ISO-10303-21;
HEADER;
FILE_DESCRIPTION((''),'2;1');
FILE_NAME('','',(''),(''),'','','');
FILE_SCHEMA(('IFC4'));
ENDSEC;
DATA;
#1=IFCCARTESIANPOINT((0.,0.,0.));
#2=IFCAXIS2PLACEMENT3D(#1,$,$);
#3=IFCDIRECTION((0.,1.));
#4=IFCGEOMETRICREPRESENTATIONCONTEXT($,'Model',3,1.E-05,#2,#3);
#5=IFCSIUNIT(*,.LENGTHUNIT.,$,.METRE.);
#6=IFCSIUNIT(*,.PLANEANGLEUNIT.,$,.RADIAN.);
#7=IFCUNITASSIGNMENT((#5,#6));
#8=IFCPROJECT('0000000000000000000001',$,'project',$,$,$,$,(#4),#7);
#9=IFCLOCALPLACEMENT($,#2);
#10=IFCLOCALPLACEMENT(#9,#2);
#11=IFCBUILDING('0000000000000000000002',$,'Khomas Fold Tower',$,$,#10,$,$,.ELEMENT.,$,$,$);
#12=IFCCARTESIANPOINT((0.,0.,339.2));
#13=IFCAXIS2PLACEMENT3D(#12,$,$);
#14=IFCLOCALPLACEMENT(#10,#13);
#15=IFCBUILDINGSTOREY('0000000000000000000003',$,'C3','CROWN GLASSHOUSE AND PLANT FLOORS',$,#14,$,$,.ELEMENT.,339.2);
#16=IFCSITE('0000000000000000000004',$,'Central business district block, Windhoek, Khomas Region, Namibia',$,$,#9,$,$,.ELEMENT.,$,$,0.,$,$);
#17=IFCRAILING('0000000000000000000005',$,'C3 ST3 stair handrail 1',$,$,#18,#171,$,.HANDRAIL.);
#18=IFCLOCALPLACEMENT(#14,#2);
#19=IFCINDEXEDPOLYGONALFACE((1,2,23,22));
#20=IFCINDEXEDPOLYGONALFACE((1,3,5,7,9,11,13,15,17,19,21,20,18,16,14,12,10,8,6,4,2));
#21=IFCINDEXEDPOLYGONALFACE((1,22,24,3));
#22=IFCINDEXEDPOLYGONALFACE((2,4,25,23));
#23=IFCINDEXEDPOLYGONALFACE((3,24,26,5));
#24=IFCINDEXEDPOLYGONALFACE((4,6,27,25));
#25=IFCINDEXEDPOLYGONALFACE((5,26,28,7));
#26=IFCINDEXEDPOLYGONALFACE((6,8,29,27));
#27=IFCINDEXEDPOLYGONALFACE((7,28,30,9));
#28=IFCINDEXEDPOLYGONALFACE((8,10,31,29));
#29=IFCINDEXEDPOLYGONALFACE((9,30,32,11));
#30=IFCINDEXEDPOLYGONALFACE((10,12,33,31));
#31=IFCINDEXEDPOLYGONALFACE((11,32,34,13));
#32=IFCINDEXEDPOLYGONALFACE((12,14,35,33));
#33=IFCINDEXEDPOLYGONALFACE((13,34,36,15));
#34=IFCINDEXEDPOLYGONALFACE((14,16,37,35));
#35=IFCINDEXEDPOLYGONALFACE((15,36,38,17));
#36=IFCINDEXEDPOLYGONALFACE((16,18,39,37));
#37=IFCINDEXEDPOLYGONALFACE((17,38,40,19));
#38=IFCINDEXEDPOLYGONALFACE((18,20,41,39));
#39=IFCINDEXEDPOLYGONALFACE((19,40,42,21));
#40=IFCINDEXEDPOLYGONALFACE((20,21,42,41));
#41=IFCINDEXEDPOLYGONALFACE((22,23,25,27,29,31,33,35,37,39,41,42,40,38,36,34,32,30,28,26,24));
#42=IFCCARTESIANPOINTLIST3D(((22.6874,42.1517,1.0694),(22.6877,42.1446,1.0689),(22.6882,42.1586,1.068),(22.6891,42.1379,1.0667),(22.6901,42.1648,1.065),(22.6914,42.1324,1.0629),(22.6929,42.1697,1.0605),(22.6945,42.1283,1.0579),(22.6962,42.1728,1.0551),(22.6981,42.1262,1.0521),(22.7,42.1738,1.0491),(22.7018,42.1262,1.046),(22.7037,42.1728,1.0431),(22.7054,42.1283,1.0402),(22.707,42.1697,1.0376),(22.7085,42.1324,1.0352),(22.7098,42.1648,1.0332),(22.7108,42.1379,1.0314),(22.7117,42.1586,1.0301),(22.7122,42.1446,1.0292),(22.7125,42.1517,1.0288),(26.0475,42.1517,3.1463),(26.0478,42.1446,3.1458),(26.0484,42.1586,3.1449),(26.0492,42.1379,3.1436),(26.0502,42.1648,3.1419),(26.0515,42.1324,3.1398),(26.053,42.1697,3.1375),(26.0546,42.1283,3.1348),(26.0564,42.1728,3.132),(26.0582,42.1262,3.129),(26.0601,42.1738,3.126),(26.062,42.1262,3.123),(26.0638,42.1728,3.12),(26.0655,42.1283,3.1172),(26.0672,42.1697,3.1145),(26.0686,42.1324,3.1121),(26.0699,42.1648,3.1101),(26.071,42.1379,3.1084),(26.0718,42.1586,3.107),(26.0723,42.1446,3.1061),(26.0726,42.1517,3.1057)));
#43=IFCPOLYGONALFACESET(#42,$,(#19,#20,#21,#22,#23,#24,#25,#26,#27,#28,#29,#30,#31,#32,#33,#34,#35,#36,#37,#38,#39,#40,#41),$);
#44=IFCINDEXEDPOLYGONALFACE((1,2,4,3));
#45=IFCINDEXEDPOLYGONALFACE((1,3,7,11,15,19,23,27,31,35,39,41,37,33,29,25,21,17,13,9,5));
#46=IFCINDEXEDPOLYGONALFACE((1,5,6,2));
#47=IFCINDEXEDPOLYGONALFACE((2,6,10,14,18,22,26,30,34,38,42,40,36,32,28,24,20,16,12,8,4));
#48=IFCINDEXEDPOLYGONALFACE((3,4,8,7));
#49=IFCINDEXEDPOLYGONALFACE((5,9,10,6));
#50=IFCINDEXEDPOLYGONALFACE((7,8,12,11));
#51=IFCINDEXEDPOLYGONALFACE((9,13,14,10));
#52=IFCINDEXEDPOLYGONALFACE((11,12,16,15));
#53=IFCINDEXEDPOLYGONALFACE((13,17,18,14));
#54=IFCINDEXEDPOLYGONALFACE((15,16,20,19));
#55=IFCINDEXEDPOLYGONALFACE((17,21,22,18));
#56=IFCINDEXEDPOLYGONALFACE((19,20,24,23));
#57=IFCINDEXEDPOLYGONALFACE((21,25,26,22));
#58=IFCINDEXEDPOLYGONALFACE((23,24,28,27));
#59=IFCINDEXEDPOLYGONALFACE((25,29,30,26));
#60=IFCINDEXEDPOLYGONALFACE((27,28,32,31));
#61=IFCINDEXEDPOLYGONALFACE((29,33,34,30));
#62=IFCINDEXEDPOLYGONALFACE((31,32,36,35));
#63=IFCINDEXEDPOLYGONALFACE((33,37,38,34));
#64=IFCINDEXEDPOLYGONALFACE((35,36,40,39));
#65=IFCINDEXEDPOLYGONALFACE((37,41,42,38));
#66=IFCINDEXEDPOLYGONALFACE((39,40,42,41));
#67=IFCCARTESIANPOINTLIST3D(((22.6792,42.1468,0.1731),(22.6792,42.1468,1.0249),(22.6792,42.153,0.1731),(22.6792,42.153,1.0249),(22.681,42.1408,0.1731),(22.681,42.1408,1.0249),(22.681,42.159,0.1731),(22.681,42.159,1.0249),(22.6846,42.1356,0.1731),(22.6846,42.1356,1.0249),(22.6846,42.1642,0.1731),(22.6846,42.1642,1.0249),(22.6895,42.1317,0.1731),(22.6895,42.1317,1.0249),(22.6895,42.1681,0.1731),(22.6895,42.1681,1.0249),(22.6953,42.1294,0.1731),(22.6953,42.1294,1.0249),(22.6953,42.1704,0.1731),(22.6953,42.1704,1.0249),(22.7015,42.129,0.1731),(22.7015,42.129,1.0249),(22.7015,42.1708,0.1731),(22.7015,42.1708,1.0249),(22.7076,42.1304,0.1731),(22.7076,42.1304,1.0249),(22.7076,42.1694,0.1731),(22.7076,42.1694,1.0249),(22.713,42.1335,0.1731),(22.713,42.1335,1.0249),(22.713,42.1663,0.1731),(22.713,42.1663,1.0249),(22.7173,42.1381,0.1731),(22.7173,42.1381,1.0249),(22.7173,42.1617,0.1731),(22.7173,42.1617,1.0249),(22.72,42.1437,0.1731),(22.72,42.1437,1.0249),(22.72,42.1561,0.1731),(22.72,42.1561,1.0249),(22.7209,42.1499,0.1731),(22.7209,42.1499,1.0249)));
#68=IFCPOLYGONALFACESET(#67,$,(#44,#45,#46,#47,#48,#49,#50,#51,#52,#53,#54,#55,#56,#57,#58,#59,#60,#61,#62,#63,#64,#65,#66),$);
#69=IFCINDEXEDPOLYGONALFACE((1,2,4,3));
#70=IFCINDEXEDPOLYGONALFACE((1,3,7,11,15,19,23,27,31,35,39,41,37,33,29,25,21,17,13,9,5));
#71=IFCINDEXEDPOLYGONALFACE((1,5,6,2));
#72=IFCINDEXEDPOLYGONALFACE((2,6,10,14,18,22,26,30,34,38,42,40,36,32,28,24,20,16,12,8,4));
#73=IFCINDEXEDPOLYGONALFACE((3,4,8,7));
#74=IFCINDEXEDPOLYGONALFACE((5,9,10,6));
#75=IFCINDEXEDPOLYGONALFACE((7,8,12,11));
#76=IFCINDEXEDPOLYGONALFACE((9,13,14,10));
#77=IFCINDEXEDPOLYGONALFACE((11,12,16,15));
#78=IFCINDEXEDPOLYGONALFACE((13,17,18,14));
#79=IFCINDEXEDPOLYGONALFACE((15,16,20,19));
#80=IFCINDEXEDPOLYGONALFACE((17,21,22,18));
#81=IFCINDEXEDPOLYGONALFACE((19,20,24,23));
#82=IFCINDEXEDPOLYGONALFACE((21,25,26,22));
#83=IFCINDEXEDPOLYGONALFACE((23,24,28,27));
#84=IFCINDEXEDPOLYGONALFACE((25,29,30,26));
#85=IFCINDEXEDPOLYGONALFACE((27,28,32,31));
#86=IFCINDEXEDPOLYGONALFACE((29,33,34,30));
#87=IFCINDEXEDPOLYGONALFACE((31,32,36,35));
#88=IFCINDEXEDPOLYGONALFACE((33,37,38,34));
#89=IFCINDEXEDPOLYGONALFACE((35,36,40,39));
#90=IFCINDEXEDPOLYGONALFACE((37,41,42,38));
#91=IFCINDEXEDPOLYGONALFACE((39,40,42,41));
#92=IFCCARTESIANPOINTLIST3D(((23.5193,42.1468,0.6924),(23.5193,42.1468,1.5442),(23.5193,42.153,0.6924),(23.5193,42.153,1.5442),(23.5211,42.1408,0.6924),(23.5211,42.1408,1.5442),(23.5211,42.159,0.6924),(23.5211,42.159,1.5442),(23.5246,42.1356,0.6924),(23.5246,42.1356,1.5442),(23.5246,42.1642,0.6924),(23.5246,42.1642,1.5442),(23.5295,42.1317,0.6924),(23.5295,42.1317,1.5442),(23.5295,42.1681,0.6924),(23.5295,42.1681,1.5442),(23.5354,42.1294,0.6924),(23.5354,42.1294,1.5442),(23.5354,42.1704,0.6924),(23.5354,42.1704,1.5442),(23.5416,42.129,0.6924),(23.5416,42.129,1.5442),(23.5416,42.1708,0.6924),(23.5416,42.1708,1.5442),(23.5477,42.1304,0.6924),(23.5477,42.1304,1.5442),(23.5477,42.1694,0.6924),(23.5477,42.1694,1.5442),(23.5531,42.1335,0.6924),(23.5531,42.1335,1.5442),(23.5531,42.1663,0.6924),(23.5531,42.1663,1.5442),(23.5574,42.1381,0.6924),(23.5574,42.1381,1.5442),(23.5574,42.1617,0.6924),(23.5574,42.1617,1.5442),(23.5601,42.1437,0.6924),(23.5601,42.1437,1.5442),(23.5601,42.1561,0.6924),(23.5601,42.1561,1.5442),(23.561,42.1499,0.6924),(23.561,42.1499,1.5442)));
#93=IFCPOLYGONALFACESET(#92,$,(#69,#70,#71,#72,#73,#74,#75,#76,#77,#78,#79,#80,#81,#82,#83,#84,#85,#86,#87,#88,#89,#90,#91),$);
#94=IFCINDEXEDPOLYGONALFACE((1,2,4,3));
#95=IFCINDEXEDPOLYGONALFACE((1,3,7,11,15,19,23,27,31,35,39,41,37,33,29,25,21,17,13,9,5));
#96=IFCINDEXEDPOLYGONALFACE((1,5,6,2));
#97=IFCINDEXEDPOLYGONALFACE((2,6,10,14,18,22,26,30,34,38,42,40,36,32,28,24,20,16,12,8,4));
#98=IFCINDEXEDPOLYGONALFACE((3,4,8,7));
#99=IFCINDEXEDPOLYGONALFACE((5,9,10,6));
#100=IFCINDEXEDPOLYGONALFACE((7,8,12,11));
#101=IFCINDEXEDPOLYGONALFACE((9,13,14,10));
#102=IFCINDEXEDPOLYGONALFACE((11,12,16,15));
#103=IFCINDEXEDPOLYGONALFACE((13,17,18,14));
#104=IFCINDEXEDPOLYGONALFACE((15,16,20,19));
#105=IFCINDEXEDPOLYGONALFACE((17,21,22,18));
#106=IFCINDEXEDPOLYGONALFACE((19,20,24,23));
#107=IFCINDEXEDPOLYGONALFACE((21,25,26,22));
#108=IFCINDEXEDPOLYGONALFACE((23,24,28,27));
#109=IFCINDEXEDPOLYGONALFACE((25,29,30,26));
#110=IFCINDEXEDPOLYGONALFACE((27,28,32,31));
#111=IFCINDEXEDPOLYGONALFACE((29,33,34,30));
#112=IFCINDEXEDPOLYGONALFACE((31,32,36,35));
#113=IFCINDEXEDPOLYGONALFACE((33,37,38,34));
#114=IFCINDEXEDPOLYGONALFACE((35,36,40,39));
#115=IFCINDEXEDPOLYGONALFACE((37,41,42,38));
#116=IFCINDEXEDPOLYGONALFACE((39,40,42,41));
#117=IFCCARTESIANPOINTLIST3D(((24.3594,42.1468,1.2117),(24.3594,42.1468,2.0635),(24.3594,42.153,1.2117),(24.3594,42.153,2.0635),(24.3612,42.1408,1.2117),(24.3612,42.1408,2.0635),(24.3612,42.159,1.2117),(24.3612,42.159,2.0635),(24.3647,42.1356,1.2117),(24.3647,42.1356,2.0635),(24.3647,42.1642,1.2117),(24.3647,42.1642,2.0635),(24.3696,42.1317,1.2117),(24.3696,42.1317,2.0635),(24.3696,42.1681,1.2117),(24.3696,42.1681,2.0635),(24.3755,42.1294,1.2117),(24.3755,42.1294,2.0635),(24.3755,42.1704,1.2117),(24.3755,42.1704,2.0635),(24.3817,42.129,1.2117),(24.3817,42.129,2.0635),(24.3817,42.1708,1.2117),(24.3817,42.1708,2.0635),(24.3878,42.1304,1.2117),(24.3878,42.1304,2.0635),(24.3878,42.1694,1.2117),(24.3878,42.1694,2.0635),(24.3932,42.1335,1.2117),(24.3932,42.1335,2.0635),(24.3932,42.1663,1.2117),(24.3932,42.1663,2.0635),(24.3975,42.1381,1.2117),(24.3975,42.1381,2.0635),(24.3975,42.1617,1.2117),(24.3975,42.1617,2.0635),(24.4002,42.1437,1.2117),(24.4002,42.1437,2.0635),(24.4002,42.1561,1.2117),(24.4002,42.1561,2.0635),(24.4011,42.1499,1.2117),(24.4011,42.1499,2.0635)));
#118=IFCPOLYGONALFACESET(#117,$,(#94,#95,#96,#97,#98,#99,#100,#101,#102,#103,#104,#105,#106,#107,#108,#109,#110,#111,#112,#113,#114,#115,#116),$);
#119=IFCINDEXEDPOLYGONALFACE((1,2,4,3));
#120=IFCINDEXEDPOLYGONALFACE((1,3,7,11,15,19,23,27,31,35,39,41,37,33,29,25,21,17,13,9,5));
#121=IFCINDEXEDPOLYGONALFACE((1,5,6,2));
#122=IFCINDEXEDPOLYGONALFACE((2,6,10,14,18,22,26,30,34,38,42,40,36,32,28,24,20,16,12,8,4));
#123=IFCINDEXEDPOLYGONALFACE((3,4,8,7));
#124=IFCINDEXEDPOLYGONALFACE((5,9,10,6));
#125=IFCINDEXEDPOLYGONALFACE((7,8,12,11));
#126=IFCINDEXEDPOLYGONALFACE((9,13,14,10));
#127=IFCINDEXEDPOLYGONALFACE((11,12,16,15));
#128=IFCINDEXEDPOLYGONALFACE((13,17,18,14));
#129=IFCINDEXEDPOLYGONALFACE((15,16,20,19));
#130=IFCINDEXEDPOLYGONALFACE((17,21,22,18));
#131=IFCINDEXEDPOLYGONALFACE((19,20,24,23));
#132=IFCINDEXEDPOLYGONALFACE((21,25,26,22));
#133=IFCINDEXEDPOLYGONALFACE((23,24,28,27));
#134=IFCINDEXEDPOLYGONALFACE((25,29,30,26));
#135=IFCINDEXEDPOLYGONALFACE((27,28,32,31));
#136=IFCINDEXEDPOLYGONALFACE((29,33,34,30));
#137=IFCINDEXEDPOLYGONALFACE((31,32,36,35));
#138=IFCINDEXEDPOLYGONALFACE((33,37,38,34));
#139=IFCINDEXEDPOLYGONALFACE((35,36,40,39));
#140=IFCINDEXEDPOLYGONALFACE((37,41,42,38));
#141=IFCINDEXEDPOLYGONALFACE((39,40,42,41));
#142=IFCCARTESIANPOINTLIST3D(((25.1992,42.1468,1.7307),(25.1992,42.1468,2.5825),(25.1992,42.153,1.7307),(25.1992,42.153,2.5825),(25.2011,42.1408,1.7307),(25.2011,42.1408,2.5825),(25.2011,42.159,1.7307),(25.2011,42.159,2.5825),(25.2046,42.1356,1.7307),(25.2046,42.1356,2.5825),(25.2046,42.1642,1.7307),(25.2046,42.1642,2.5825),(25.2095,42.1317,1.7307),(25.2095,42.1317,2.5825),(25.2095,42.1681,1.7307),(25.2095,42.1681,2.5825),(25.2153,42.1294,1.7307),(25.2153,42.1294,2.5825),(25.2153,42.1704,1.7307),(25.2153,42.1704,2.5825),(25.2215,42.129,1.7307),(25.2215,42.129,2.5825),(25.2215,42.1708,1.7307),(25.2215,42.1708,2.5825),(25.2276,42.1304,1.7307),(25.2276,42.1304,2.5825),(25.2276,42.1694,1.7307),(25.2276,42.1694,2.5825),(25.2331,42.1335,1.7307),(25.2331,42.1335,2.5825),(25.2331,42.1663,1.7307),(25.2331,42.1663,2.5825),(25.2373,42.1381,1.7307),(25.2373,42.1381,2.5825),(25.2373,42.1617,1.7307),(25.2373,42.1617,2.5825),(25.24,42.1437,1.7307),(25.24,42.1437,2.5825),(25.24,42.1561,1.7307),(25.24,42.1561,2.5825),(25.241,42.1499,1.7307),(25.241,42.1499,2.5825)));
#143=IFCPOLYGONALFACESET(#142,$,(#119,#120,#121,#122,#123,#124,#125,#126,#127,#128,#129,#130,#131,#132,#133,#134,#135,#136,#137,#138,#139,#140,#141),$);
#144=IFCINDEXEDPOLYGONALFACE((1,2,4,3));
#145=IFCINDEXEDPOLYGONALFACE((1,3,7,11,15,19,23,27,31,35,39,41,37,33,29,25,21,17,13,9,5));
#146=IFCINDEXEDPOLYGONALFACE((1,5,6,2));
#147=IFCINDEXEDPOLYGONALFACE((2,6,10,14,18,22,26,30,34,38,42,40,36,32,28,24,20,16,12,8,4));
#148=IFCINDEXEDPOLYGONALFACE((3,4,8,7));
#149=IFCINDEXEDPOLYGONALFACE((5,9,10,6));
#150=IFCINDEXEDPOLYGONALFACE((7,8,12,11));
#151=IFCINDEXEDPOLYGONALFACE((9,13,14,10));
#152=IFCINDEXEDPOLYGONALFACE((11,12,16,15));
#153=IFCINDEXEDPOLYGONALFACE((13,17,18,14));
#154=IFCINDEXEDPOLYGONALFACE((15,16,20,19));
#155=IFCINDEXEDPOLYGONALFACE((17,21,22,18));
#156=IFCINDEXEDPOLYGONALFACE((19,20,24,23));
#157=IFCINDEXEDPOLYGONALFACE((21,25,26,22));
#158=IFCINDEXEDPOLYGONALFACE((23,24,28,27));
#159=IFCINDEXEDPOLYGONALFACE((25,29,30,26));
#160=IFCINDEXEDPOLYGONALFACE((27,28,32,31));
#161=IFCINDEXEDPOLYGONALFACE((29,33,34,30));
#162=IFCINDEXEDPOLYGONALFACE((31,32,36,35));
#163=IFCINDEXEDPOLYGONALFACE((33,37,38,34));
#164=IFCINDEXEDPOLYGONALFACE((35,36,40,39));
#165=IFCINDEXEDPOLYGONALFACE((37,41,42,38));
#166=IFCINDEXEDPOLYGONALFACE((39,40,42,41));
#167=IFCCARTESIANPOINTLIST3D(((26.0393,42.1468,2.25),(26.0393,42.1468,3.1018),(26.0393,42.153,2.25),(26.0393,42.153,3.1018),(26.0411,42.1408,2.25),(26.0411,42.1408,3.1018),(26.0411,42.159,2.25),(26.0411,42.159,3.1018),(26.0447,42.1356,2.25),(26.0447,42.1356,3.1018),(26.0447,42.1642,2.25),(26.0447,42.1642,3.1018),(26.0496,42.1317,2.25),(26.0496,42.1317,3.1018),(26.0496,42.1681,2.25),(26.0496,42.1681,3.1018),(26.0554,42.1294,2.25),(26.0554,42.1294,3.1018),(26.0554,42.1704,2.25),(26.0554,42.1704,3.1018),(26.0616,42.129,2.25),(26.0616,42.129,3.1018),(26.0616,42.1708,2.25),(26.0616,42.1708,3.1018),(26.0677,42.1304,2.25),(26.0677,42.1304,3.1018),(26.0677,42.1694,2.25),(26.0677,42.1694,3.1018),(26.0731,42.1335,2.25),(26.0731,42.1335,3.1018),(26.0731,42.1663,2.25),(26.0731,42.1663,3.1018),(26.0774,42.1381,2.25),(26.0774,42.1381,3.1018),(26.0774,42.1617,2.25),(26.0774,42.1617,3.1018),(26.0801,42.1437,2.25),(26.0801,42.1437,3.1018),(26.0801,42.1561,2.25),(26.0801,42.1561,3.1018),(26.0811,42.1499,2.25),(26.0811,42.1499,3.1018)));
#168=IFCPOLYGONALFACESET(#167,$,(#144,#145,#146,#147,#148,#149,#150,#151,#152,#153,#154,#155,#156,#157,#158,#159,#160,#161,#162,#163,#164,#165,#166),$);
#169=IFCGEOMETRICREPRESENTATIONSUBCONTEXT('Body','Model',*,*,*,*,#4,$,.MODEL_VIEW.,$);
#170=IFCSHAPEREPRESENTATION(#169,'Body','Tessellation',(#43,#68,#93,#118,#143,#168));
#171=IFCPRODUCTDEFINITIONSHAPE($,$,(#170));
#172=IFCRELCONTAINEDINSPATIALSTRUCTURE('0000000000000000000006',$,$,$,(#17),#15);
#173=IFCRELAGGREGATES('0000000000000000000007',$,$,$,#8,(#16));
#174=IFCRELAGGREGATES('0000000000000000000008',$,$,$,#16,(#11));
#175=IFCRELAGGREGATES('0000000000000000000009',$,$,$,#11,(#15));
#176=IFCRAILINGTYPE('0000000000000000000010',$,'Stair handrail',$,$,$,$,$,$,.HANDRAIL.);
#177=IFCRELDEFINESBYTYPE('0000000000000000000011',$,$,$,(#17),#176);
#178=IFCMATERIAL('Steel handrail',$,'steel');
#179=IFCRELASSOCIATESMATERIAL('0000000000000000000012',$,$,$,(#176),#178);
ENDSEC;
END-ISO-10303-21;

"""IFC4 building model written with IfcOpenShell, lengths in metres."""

from ifc_helpers import new_model, si_unit, direction, frame, origin, origin_2d, place, context, subcontext, project, spatial, circle, extrude, source, transform, mapped, material, type_object, element, save


model = new_model("IFC4")

# Units and contexts
model_context = context("Model", 3, precision=1e-05, world=origin(), true_north=direction((0.0, 1.0)))
body_context = subcontext(model_context, "Body", "Model", "MODEL_VIEW")
ifc_project = project(units=[si_unit("LENGTHUNIT", "METRE"), si_unit("PLANEANGLEUNIT", "RADIAN")], contexts=[model_context])

# Site, building, storey
site_placement = place(None, origin())
site = spatial("IfcSite", under=ifc_project, at=site_placement, Name="Central business district block, Windhoek, Khomas Region, Namibia", CompositionType="ELEMENT", RefElevation=0.0)
building_placement = place(site_placement, origin())
building = spatial("IfcBuilding", under=site, at=building_placement, Name="Khomas Fold Tower", CompositionType="ELEMENT")
storey_placement = place(building_placement, frame((0.0, 0.0, 339.2)))
storey = spatial("IfcBuildingStorey", under=building, at=storey_placement, Name="C3", Description="CROWN GLASSHOUSE AND PLANT FLOORS", CompositionType="ELEMENT", Elevation=339.2)

# Railing
ifc_material_1 = material(Name="Steel handrail", Category="steel")
railing_type_1 = type_object("IfcRailingType", Name="Stair handrail", PredefinedType="HANDRAIL", material=ifc_material_1)
shared_shape_1 = source(origin(), body_context, "Body", "SweptSolid", [
    extrude(circle(Radius=0.0239, at=origin_2d()), frame((0.0, 0.0, 0.876), z_axis=(0.850623, 0.0, 0.525776), x_axis=(0.0, 1.0, 0.0)), (0.0, 0.0, 1.0), 3.9502),
    extrude(circle(Radius=0.021, at=origin_2d()), origin(), (0.0, 0.0, 1.0), 0.8518),
    extrude(circle(Radius=0.021, at=origin_2d()), frame((0.8401, 0.0, 0.5193)), (0.0, 0.0, 1.0), 0.8518),
    extrude(circle(Radius=0.021, at=origin_2d()), frame((1.6802, 0.0, 1.0386)), (0.0, 0.0, 1.0), 0.8518),
    extrude(circle(Radius=0.021, at=origin_2d()), frame((2.52, 0.0, 1.5576)), (0.0, 0.0, 1.0), 0.8518),
    extrude(circle(Radius=0.021, at=origin_2d()), frame((3.3601, 0.0, 2.0769)), (0.0, 0.0, 1.0), 0.8518),
])
railing_1_placement = place(storey_placement, frame((22.7, 42.1499, 0.1731)))
element("IfcRailing", 1, at=railing_1_placement, inside=storey, type_object=railing_type_1, Name="C3 ST3 stair handrail 1", PredefinedType="HANDRAIL", context=body_context, shape_type="MappedRepresentation", body=[
    mapped(shared_shape_1, transform((0.0, 0.0, 0.0))),
])

save(model, "model.ifc")
